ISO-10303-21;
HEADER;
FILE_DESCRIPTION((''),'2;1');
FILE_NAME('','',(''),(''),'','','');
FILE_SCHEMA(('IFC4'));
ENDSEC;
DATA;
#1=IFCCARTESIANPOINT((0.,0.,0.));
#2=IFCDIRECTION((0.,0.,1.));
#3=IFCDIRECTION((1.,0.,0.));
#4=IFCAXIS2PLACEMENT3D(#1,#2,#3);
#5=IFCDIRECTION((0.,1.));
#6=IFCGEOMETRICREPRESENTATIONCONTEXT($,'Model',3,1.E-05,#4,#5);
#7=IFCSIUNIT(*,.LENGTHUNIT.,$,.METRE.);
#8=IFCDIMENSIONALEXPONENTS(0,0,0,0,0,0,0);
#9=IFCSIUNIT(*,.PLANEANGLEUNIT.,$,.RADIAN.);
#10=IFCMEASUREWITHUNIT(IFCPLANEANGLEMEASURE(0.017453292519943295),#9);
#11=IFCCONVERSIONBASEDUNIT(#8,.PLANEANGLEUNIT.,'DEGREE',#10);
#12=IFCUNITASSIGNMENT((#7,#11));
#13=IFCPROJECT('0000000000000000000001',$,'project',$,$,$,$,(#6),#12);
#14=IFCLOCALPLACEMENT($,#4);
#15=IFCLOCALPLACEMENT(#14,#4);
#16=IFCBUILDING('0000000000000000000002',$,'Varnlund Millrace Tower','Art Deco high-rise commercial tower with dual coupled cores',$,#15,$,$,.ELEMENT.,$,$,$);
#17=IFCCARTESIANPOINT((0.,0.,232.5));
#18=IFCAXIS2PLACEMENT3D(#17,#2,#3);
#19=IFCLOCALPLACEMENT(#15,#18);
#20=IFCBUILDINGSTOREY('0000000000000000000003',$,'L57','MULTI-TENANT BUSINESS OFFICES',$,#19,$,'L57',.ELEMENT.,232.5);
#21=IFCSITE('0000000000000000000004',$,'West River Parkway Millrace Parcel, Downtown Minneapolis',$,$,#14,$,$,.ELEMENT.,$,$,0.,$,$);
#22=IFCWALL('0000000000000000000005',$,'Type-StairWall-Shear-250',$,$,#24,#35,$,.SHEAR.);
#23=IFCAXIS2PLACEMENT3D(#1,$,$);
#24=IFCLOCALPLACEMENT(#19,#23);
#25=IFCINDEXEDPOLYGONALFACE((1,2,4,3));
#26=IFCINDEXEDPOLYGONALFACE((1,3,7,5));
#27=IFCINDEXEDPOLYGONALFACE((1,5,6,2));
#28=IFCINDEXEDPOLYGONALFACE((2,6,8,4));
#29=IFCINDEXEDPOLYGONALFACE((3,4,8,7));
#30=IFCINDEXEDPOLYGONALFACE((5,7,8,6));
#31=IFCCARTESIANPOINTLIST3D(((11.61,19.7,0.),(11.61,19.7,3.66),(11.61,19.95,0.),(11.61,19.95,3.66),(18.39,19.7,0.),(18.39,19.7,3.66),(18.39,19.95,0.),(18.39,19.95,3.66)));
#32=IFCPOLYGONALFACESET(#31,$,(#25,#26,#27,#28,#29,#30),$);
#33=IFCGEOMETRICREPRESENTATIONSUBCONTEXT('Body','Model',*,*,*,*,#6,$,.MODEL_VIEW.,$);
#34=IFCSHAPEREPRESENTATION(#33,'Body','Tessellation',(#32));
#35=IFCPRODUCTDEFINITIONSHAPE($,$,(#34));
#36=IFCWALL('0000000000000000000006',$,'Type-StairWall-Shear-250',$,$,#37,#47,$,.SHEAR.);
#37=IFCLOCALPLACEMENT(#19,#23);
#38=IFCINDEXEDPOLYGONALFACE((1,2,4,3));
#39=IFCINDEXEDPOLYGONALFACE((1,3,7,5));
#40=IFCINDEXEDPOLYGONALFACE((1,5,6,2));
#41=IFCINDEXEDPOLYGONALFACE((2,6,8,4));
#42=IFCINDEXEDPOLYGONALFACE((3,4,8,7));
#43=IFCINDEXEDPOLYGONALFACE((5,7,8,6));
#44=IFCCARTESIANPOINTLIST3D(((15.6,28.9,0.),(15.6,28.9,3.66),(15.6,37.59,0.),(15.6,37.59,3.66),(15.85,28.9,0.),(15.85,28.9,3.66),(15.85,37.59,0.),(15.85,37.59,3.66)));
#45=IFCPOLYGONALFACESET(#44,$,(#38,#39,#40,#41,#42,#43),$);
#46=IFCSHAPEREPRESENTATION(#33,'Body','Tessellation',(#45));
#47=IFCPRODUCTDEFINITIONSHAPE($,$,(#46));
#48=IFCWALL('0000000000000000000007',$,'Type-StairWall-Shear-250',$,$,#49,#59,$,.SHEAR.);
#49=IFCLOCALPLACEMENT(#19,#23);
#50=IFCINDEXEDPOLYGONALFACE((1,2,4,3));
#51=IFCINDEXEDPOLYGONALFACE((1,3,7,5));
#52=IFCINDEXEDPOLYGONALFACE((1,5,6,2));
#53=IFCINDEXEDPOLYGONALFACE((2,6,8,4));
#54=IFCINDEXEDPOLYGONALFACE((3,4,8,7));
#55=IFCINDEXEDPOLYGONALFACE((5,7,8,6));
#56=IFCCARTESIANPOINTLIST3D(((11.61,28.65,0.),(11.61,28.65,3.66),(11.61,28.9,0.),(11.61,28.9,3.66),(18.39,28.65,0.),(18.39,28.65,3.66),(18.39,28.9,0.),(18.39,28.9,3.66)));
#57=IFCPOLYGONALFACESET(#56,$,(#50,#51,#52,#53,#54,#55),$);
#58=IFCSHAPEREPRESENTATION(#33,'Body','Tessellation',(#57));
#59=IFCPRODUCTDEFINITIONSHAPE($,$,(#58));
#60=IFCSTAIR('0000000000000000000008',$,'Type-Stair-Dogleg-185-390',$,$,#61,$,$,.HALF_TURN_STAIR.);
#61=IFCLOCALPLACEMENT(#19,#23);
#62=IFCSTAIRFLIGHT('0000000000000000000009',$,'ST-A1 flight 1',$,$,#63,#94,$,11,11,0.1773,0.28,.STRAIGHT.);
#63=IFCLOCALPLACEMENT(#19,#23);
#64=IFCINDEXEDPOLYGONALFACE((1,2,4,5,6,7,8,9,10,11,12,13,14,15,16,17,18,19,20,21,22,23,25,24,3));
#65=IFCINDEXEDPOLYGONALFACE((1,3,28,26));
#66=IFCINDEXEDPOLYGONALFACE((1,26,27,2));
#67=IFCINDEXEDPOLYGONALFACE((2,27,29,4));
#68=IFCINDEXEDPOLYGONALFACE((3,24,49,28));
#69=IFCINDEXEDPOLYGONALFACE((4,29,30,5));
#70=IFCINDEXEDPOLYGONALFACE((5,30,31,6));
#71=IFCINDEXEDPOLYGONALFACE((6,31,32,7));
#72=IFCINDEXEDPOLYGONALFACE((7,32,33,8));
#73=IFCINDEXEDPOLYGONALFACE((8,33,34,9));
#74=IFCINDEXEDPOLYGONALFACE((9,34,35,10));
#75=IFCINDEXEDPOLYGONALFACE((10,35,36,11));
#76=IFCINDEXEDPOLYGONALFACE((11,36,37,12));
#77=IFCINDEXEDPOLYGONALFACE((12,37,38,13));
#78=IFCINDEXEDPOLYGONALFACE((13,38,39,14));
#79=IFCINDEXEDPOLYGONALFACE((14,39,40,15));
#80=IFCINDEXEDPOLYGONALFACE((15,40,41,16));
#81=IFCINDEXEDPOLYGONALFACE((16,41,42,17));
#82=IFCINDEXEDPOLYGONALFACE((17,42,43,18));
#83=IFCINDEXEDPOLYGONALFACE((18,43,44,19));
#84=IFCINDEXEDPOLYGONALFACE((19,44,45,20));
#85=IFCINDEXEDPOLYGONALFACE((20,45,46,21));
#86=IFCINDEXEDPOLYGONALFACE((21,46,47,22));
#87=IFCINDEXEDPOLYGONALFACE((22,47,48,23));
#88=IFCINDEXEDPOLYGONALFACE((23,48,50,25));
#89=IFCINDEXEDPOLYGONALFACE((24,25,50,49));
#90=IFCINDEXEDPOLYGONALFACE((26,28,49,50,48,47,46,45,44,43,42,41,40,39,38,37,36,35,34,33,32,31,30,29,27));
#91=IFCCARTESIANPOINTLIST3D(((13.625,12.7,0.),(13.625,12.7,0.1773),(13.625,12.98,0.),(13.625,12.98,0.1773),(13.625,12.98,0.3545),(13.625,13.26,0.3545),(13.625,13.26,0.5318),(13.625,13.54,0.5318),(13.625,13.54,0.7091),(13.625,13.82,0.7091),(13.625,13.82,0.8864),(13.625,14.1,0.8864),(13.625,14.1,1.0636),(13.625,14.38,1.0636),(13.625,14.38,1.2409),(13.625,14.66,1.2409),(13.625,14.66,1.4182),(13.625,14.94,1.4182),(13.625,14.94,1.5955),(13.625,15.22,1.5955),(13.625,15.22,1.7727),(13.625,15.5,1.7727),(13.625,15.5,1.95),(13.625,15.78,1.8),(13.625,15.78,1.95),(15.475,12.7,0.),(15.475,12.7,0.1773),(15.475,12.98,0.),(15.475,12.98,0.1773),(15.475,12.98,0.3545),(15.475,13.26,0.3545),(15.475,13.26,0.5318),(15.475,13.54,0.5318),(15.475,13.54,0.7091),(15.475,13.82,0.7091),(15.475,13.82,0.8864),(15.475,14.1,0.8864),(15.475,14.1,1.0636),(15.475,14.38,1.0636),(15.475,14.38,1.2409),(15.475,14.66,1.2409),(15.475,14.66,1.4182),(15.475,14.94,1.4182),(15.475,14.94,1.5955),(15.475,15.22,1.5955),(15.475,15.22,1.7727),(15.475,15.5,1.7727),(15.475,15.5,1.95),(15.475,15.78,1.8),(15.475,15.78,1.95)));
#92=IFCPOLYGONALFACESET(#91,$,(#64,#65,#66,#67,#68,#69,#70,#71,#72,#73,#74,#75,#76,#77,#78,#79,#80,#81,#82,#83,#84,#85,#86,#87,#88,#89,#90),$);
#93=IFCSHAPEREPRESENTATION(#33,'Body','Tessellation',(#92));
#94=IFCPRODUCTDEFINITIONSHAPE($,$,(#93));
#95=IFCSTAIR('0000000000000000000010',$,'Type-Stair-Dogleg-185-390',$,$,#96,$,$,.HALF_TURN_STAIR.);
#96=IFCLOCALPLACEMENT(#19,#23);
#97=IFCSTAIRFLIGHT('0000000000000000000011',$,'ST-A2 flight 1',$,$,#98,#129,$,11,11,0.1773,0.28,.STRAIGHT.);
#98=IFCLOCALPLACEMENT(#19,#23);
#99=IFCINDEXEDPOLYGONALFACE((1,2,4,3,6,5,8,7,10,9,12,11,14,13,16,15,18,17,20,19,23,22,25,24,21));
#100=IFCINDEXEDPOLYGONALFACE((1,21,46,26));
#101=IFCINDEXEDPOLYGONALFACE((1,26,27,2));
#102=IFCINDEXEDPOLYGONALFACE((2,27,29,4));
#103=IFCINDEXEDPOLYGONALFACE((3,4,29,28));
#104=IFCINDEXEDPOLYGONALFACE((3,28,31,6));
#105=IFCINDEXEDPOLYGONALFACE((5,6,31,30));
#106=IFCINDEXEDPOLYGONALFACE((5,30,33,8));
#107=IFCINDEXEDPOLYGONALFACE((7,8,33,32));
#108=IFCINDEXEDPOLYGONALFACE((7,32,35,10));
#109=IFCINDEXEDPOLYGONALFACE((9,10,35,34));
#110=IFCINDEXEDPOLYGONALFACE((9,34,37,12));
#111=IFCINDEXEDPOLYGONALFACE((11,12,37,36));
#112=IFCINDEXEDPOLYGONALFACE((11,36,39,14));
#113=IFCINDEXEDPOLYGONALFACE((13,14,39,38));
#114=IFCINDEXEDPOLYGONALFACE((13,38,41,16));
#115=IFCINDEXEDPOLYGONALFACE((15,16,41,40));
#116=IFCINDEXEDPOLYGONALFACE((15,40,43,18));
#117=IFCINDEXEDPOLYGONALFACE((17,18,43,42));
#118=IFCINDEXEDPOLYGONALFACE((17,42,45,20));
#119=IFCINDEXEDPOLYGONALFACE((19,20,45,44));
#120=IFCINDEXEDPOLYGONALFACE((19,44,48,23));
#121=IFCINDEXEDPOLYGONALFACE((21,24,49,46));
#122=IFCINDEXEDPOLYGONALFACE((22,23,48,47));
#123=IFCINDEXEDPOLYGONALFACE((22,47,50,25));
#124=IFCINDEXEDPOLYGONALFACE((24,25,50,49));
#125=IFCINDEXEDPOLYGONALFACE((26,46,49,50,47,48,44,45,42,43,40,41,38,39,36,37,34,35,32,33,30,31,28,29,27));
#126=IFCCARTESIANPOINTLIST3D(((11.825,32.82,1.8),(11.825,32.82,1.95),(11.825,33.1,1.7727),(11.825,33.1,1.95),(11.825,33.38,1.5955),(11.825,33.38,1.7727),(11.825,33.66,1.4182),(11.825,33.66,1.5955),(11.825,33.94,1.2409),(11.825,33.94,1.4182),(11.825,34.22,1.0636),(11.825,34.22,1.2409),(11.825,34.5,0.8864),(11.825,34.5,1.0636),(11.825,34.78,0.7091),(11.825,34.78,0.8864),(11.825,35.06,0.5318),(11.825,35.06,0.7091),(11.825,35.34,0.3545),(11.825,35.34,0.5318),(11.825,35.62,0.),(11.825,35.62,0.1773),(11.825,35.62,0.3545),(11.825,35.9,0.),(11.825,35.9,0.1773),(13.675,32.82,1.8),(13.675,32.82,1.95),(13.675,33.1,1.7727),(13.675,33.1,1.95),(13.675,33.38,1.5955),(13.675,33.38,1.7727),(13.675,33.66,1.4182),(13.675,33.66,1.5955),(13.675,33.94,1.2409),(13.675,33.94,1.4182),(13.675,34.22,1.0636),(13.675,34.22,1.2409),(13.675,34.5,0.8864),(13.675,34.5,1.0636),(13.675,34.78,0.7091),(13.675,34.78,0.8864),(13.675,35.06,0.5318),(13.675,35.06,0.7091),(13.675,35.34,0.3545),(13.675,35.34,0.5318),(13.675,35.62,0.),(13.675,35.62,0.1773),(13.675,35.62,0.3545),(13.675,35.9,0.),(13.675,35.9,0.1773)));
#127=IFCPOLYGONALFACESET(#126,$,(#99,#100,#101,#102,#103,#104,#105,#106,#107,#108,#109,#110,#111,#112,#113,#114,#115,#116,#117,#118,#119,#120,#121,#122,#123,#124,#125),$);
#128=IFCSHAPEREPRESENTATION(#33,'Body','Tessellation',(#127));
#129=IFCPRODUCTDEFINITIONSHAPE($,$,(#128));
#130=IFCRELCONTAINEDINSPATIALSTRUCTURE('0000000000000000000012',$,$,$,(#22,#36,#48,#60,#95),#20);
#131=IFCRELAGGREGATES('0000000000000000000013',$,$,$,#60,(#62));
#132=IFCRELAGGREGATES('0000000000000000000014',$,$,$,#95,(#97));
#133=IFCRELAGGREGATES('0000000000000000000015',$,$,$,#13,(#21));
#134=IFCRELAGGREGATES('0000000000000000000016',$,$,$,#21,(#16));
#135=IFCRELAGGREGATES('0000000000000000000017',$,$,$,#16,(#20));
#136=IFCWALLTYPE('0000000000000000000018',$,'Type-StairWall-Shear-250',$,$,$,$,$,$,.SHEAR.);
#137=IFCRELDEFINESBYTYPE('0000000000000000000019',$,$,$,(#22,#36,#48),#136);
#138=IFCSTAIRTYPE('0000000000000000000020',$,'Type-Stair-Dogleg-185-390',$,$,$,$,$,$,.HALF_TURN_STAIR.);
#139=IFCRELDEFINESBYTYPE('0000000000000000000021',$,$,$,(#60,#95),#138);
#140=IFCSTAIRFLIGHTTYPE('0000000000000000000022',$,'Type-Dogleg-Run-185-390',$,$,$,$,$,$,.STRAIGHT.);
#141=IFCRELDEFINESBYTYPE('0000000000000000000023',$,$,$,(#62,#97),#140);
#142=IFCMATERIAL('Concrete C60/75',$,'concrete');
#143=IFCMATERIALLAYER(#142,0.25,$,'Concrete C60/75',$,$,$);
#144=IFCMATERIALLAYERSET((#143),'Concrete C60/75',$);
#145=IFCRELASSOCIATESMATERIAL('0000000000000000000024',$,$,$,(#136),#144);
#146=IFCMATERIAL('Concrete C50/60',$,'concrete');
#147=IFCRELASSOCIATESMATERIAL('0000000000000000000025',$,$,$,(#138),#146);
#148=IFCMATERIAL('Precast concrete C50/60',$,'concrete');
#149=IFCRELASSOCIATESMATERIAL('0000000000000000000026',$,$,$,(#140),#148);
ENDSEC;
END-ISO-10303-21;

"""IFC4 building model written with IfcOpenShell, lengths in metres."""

from ifc_helpers import new_model, entity, si_unit, converted_unit, direction, frame, origin_with_axes, place, context, subcontext, project, spatial, polyline, outline, extrude, material, layer, layer_set, type_object, element, aggregate, save


model = new_model("IFC4")

# Units and contexts
model_context = context("Model", 3, precision=1e-05, world=origin_with_axes(), true_north=direction((0.0, 1.0)))
body_context = subcontext(model_context, "Body", "Model", "MODEL_VIEW")
ifc_project = project(units=[si_unit("LENGTHUNIT", "METRE"), converted_unit("PLANEANGLEUNIT", "DEGREE", entity("IfcPlaneAngleMeasure", 0.017453292519943295), si_unit("PLANEANGLEUNIT", "RADIAN"), dimensions=[0, 0, 0, 0, 0, 0, 0])], contexts=[model_context])

# Site, building, storey
site_placement = place(None, origin_with_axes())
site = spatial("IfcSite", under=ifc_project, at=site_placement, Name="West River Parkway Millrace Parcel, Downtown Minneapolis", CompositionType="ELEMENT", RefElevation=0.0)
building_placement = place(site_placement, origin_with_axes())
building = spatial("IfcBuilding", under=site, at=building_placement, Name="Varnlund Millrace Tower", Description="Art Deco high-rise commercial tower with dual coupled cores", CompositionType="ELEMENT")
storey_placement = place(building_placement, frame((0.0, 0.0, 232.5), z_axis=(0.0, 0.0, 1.0), x_axis=(1.0, 0.0, 0.0)))
storey = spatial("IfcBuildingStorey", under=building, at=storey_placement, Name="L57", Description="MULTI-TENANT BUSINESS OFFICES", LongName="L57", CompositionType="ELEMENT", Elevation=232.5)

# Shared definitions
ifc_material_1 = material(Name="Concrete C60/75", Category="concrete")

# Shared definitions
ifc_layer_1 = layer(ifc_material_1, 0.25, Name="Concrete C60/75")
ifc_layer_set_1 = layer_set([ifc_layer_1], Name="Concrete C60/75")

# Walls
wall_type_1 = type_object("IfcWallType", Name="Type-StairWall-Shear-250", PredefinedType="SHEAR", material=ifc_layer_set_1)
wall_1_placement = place(storey_placement, frame((11.61, 19.825, 0.0), z_axis=(0.0, 0.0, 1.0), x_axis=(1.0, 0.0, 0.0)))
element("IfcWall", 1, at=wall_1_placement, inside=storey, type_object=wall_type_1, Name="Type-StairWall-Shear-250", PredefinedType="SHEAR", context=body_context, shape_type="SweptSolid", body=[
    extrude(outline(polyline([(0.0, -0.125), (6.78, -0.125), (6.78, 0.125), (0.0, 0.125), (0.0, -0.125)])), origin_with_axes(), (0.0, 0.0, 1.0), 3.66),
])
wall_2_placement = place(storey_placement, frame((15.725, 28.9, 0.0), z_axis=(0.0, 0.0, 1.0), x_axis=(0.0, 1.0, 0.0)))
element("IfcWall", 2, at=wall_2_placement, inside=storey, type_object=wall_type_1, Name="Type-StairWall-Shear-250", PredefinedType="SHEAR", context=body_context, shape_type="SweptSolid", body=[
    extrude(outline(polyline([(0.0, -0.125), (8.69, -0.125), (8.69, 0.125), (0.0, 0.125), (0.0, -0.125)])), origin_with_axes(), (0.0, 0.0, 1.0), 3.66),
])
wall_3_placement = place(storey_placement, frame((11.61, 28.775, 0.0), z_axis=(0.0, 0.0, 1.0), x_axis=(1.0, 0.0, 0.0)))
element("IfcWall", 3, at=wall_3_placement, inside=storey, type_object=wall_type_1, Name="Type-StairWall-Shear-250", PredefinedType="SHEAR", context=body_context, shape_type="SweptSolid", body=[
    extrude(outline(polyline([(0.0, -0.125), (6.78, -0.125), (6.78, 0.125), (0.0, 0.125), (0.0, -0.125)])), origin_with_axes(), (0.0, 0.0, 1.0), 3.66),
])

# Stairs, stair flights
ifc_material_2 = material(Name="Concrete C50/60", Category="concrete")
stair_type = type_object("IfcStairType", Name="Type-Stair-Dogleg-185-390", PredefinedType="HALF_TURN_STAIR", material=ifc_material_2)
stair_1_placement = place(storey_placement, origin_with_axes())
stair_1 = element("IfcStair", 4, at=stair_1_placement, inside=storey, type_object=stair_type, Name="Type-Stair-Dogleg-185-390", PredefinedType="HALF_TURN_STAIR")
ifc_material_3 = material(Name="Precast concrete C50/60", Category="concrete")
stair_flight_type = type_object("IfcStairFlightType", Name="Type-Dogleg-Run-185-390", PredefinedType="STRAIGHT", material=ifc_material_3)
stair_flight_1_placement = place(storey_placement, frame((13.625, 12.7, 0.0), z_axis=(1.0, 0.0, 0.0), x_axis=(0.0, 1.0, 0.0)))
stair_flight_1 = element("IfcStairFlight", 5, at=stair_flight_1_placement, type_object=stair_flight_type, Name="ST-A1 flight 1", NumberOfRisers=11, NumberOfTreads=11, PredefinedType="STRAIGHT", RiserHeight=0.1773, TreadLength=0.28, context=body_context, shape_type="SweptSolid", body=[
    extrude(outline(polyline([(0.0, 0.0), (0.0, 0.1773), (0.28, 0.1773), (0.28, 0.3545), (0.56, 0.3545), (0.56, 0.5318), (0.84, 0.5318), (0.84, 0.7091), (1.12, 0.7091), (1.12, 0.8864), (1.4, 0.8864), (1.4, 1.0636), (1.68, 1.0636), (1.68, 1.2409), (1.96, 1.2409), (1.96, 1.4182), (2.24, 1.4182), (2.24, 1.5955), (2.52, 1.5955), (2.52, 1.7727), (2.8, 1.7727), (2.8, 1.95), (3.08, 1.95), (3.08, 1.8), (0.28, 0.0), (0.0, 0.0)])), origin_with_axes(), (0.0, 0.0, 1.0), 1.85),
])
aggregate(stair_1, [stair_flight_1])
stair_2_placement = place(storey_placement, origin_with_axes())
stair_2 = element("IfcStair", 6, at=stair_2_placement, inside=storey, type_object=stair_type, Name="Type-Stair-Dogleg-185-390", PredefinedType="HALF_TURN_STAIR")
stair_flight_2_placement = place(storey_placement, frame((13.675, 35.9, 0.0), z_axis=(-1.0, 0.0, 0.0), x_axis=(0.0, -1.0, 0.0)))
stair_flight_2 = element("IfcStairFlight", 7, at=stair_flight_2_placement, type_object=stair_flight_type, Name="ST-A2 flight 1", NumberOfRisers=11, NumberOfTreads=11, PredefinedType="STRAIGHT", RiserHeight=0.1773, TreadLength=0.28, context=body_context, shape_type="SweptSolid", body=[
    extrude(outline(polyline([(0.0, 0.0), (0.0, 0.1773), (0.28, 0.1773), (0.28, 0.3545), (0.56, 0.3545), (0.56, 0.5318), (0.84, 0.5318), (0.84, 0.7091), (1.12, 0.7091), (1.12, 0.8864), (1.4, 0.8864), (1.4, 1.0636), (1.68, 1.0636), (1.68, 1.2409), (1.96, 1.2409), (1.96, 1.4182), (2.24, 1.4182), (2.24, 1.5955), (2.52, 1.5955), (2.52, 1.7727), (2.8, 1.7727), (2.8, 1.95), (3.08, 1.95), (3.08, 1.8), (0.28, 0.0), (0.0, 0.0)])), origin_with_axes(), (0.0, 0.0, 1.0), 1.85),
])
aggregate(stair_2, [stair_flight_2])

save(model, "model.ifc")
